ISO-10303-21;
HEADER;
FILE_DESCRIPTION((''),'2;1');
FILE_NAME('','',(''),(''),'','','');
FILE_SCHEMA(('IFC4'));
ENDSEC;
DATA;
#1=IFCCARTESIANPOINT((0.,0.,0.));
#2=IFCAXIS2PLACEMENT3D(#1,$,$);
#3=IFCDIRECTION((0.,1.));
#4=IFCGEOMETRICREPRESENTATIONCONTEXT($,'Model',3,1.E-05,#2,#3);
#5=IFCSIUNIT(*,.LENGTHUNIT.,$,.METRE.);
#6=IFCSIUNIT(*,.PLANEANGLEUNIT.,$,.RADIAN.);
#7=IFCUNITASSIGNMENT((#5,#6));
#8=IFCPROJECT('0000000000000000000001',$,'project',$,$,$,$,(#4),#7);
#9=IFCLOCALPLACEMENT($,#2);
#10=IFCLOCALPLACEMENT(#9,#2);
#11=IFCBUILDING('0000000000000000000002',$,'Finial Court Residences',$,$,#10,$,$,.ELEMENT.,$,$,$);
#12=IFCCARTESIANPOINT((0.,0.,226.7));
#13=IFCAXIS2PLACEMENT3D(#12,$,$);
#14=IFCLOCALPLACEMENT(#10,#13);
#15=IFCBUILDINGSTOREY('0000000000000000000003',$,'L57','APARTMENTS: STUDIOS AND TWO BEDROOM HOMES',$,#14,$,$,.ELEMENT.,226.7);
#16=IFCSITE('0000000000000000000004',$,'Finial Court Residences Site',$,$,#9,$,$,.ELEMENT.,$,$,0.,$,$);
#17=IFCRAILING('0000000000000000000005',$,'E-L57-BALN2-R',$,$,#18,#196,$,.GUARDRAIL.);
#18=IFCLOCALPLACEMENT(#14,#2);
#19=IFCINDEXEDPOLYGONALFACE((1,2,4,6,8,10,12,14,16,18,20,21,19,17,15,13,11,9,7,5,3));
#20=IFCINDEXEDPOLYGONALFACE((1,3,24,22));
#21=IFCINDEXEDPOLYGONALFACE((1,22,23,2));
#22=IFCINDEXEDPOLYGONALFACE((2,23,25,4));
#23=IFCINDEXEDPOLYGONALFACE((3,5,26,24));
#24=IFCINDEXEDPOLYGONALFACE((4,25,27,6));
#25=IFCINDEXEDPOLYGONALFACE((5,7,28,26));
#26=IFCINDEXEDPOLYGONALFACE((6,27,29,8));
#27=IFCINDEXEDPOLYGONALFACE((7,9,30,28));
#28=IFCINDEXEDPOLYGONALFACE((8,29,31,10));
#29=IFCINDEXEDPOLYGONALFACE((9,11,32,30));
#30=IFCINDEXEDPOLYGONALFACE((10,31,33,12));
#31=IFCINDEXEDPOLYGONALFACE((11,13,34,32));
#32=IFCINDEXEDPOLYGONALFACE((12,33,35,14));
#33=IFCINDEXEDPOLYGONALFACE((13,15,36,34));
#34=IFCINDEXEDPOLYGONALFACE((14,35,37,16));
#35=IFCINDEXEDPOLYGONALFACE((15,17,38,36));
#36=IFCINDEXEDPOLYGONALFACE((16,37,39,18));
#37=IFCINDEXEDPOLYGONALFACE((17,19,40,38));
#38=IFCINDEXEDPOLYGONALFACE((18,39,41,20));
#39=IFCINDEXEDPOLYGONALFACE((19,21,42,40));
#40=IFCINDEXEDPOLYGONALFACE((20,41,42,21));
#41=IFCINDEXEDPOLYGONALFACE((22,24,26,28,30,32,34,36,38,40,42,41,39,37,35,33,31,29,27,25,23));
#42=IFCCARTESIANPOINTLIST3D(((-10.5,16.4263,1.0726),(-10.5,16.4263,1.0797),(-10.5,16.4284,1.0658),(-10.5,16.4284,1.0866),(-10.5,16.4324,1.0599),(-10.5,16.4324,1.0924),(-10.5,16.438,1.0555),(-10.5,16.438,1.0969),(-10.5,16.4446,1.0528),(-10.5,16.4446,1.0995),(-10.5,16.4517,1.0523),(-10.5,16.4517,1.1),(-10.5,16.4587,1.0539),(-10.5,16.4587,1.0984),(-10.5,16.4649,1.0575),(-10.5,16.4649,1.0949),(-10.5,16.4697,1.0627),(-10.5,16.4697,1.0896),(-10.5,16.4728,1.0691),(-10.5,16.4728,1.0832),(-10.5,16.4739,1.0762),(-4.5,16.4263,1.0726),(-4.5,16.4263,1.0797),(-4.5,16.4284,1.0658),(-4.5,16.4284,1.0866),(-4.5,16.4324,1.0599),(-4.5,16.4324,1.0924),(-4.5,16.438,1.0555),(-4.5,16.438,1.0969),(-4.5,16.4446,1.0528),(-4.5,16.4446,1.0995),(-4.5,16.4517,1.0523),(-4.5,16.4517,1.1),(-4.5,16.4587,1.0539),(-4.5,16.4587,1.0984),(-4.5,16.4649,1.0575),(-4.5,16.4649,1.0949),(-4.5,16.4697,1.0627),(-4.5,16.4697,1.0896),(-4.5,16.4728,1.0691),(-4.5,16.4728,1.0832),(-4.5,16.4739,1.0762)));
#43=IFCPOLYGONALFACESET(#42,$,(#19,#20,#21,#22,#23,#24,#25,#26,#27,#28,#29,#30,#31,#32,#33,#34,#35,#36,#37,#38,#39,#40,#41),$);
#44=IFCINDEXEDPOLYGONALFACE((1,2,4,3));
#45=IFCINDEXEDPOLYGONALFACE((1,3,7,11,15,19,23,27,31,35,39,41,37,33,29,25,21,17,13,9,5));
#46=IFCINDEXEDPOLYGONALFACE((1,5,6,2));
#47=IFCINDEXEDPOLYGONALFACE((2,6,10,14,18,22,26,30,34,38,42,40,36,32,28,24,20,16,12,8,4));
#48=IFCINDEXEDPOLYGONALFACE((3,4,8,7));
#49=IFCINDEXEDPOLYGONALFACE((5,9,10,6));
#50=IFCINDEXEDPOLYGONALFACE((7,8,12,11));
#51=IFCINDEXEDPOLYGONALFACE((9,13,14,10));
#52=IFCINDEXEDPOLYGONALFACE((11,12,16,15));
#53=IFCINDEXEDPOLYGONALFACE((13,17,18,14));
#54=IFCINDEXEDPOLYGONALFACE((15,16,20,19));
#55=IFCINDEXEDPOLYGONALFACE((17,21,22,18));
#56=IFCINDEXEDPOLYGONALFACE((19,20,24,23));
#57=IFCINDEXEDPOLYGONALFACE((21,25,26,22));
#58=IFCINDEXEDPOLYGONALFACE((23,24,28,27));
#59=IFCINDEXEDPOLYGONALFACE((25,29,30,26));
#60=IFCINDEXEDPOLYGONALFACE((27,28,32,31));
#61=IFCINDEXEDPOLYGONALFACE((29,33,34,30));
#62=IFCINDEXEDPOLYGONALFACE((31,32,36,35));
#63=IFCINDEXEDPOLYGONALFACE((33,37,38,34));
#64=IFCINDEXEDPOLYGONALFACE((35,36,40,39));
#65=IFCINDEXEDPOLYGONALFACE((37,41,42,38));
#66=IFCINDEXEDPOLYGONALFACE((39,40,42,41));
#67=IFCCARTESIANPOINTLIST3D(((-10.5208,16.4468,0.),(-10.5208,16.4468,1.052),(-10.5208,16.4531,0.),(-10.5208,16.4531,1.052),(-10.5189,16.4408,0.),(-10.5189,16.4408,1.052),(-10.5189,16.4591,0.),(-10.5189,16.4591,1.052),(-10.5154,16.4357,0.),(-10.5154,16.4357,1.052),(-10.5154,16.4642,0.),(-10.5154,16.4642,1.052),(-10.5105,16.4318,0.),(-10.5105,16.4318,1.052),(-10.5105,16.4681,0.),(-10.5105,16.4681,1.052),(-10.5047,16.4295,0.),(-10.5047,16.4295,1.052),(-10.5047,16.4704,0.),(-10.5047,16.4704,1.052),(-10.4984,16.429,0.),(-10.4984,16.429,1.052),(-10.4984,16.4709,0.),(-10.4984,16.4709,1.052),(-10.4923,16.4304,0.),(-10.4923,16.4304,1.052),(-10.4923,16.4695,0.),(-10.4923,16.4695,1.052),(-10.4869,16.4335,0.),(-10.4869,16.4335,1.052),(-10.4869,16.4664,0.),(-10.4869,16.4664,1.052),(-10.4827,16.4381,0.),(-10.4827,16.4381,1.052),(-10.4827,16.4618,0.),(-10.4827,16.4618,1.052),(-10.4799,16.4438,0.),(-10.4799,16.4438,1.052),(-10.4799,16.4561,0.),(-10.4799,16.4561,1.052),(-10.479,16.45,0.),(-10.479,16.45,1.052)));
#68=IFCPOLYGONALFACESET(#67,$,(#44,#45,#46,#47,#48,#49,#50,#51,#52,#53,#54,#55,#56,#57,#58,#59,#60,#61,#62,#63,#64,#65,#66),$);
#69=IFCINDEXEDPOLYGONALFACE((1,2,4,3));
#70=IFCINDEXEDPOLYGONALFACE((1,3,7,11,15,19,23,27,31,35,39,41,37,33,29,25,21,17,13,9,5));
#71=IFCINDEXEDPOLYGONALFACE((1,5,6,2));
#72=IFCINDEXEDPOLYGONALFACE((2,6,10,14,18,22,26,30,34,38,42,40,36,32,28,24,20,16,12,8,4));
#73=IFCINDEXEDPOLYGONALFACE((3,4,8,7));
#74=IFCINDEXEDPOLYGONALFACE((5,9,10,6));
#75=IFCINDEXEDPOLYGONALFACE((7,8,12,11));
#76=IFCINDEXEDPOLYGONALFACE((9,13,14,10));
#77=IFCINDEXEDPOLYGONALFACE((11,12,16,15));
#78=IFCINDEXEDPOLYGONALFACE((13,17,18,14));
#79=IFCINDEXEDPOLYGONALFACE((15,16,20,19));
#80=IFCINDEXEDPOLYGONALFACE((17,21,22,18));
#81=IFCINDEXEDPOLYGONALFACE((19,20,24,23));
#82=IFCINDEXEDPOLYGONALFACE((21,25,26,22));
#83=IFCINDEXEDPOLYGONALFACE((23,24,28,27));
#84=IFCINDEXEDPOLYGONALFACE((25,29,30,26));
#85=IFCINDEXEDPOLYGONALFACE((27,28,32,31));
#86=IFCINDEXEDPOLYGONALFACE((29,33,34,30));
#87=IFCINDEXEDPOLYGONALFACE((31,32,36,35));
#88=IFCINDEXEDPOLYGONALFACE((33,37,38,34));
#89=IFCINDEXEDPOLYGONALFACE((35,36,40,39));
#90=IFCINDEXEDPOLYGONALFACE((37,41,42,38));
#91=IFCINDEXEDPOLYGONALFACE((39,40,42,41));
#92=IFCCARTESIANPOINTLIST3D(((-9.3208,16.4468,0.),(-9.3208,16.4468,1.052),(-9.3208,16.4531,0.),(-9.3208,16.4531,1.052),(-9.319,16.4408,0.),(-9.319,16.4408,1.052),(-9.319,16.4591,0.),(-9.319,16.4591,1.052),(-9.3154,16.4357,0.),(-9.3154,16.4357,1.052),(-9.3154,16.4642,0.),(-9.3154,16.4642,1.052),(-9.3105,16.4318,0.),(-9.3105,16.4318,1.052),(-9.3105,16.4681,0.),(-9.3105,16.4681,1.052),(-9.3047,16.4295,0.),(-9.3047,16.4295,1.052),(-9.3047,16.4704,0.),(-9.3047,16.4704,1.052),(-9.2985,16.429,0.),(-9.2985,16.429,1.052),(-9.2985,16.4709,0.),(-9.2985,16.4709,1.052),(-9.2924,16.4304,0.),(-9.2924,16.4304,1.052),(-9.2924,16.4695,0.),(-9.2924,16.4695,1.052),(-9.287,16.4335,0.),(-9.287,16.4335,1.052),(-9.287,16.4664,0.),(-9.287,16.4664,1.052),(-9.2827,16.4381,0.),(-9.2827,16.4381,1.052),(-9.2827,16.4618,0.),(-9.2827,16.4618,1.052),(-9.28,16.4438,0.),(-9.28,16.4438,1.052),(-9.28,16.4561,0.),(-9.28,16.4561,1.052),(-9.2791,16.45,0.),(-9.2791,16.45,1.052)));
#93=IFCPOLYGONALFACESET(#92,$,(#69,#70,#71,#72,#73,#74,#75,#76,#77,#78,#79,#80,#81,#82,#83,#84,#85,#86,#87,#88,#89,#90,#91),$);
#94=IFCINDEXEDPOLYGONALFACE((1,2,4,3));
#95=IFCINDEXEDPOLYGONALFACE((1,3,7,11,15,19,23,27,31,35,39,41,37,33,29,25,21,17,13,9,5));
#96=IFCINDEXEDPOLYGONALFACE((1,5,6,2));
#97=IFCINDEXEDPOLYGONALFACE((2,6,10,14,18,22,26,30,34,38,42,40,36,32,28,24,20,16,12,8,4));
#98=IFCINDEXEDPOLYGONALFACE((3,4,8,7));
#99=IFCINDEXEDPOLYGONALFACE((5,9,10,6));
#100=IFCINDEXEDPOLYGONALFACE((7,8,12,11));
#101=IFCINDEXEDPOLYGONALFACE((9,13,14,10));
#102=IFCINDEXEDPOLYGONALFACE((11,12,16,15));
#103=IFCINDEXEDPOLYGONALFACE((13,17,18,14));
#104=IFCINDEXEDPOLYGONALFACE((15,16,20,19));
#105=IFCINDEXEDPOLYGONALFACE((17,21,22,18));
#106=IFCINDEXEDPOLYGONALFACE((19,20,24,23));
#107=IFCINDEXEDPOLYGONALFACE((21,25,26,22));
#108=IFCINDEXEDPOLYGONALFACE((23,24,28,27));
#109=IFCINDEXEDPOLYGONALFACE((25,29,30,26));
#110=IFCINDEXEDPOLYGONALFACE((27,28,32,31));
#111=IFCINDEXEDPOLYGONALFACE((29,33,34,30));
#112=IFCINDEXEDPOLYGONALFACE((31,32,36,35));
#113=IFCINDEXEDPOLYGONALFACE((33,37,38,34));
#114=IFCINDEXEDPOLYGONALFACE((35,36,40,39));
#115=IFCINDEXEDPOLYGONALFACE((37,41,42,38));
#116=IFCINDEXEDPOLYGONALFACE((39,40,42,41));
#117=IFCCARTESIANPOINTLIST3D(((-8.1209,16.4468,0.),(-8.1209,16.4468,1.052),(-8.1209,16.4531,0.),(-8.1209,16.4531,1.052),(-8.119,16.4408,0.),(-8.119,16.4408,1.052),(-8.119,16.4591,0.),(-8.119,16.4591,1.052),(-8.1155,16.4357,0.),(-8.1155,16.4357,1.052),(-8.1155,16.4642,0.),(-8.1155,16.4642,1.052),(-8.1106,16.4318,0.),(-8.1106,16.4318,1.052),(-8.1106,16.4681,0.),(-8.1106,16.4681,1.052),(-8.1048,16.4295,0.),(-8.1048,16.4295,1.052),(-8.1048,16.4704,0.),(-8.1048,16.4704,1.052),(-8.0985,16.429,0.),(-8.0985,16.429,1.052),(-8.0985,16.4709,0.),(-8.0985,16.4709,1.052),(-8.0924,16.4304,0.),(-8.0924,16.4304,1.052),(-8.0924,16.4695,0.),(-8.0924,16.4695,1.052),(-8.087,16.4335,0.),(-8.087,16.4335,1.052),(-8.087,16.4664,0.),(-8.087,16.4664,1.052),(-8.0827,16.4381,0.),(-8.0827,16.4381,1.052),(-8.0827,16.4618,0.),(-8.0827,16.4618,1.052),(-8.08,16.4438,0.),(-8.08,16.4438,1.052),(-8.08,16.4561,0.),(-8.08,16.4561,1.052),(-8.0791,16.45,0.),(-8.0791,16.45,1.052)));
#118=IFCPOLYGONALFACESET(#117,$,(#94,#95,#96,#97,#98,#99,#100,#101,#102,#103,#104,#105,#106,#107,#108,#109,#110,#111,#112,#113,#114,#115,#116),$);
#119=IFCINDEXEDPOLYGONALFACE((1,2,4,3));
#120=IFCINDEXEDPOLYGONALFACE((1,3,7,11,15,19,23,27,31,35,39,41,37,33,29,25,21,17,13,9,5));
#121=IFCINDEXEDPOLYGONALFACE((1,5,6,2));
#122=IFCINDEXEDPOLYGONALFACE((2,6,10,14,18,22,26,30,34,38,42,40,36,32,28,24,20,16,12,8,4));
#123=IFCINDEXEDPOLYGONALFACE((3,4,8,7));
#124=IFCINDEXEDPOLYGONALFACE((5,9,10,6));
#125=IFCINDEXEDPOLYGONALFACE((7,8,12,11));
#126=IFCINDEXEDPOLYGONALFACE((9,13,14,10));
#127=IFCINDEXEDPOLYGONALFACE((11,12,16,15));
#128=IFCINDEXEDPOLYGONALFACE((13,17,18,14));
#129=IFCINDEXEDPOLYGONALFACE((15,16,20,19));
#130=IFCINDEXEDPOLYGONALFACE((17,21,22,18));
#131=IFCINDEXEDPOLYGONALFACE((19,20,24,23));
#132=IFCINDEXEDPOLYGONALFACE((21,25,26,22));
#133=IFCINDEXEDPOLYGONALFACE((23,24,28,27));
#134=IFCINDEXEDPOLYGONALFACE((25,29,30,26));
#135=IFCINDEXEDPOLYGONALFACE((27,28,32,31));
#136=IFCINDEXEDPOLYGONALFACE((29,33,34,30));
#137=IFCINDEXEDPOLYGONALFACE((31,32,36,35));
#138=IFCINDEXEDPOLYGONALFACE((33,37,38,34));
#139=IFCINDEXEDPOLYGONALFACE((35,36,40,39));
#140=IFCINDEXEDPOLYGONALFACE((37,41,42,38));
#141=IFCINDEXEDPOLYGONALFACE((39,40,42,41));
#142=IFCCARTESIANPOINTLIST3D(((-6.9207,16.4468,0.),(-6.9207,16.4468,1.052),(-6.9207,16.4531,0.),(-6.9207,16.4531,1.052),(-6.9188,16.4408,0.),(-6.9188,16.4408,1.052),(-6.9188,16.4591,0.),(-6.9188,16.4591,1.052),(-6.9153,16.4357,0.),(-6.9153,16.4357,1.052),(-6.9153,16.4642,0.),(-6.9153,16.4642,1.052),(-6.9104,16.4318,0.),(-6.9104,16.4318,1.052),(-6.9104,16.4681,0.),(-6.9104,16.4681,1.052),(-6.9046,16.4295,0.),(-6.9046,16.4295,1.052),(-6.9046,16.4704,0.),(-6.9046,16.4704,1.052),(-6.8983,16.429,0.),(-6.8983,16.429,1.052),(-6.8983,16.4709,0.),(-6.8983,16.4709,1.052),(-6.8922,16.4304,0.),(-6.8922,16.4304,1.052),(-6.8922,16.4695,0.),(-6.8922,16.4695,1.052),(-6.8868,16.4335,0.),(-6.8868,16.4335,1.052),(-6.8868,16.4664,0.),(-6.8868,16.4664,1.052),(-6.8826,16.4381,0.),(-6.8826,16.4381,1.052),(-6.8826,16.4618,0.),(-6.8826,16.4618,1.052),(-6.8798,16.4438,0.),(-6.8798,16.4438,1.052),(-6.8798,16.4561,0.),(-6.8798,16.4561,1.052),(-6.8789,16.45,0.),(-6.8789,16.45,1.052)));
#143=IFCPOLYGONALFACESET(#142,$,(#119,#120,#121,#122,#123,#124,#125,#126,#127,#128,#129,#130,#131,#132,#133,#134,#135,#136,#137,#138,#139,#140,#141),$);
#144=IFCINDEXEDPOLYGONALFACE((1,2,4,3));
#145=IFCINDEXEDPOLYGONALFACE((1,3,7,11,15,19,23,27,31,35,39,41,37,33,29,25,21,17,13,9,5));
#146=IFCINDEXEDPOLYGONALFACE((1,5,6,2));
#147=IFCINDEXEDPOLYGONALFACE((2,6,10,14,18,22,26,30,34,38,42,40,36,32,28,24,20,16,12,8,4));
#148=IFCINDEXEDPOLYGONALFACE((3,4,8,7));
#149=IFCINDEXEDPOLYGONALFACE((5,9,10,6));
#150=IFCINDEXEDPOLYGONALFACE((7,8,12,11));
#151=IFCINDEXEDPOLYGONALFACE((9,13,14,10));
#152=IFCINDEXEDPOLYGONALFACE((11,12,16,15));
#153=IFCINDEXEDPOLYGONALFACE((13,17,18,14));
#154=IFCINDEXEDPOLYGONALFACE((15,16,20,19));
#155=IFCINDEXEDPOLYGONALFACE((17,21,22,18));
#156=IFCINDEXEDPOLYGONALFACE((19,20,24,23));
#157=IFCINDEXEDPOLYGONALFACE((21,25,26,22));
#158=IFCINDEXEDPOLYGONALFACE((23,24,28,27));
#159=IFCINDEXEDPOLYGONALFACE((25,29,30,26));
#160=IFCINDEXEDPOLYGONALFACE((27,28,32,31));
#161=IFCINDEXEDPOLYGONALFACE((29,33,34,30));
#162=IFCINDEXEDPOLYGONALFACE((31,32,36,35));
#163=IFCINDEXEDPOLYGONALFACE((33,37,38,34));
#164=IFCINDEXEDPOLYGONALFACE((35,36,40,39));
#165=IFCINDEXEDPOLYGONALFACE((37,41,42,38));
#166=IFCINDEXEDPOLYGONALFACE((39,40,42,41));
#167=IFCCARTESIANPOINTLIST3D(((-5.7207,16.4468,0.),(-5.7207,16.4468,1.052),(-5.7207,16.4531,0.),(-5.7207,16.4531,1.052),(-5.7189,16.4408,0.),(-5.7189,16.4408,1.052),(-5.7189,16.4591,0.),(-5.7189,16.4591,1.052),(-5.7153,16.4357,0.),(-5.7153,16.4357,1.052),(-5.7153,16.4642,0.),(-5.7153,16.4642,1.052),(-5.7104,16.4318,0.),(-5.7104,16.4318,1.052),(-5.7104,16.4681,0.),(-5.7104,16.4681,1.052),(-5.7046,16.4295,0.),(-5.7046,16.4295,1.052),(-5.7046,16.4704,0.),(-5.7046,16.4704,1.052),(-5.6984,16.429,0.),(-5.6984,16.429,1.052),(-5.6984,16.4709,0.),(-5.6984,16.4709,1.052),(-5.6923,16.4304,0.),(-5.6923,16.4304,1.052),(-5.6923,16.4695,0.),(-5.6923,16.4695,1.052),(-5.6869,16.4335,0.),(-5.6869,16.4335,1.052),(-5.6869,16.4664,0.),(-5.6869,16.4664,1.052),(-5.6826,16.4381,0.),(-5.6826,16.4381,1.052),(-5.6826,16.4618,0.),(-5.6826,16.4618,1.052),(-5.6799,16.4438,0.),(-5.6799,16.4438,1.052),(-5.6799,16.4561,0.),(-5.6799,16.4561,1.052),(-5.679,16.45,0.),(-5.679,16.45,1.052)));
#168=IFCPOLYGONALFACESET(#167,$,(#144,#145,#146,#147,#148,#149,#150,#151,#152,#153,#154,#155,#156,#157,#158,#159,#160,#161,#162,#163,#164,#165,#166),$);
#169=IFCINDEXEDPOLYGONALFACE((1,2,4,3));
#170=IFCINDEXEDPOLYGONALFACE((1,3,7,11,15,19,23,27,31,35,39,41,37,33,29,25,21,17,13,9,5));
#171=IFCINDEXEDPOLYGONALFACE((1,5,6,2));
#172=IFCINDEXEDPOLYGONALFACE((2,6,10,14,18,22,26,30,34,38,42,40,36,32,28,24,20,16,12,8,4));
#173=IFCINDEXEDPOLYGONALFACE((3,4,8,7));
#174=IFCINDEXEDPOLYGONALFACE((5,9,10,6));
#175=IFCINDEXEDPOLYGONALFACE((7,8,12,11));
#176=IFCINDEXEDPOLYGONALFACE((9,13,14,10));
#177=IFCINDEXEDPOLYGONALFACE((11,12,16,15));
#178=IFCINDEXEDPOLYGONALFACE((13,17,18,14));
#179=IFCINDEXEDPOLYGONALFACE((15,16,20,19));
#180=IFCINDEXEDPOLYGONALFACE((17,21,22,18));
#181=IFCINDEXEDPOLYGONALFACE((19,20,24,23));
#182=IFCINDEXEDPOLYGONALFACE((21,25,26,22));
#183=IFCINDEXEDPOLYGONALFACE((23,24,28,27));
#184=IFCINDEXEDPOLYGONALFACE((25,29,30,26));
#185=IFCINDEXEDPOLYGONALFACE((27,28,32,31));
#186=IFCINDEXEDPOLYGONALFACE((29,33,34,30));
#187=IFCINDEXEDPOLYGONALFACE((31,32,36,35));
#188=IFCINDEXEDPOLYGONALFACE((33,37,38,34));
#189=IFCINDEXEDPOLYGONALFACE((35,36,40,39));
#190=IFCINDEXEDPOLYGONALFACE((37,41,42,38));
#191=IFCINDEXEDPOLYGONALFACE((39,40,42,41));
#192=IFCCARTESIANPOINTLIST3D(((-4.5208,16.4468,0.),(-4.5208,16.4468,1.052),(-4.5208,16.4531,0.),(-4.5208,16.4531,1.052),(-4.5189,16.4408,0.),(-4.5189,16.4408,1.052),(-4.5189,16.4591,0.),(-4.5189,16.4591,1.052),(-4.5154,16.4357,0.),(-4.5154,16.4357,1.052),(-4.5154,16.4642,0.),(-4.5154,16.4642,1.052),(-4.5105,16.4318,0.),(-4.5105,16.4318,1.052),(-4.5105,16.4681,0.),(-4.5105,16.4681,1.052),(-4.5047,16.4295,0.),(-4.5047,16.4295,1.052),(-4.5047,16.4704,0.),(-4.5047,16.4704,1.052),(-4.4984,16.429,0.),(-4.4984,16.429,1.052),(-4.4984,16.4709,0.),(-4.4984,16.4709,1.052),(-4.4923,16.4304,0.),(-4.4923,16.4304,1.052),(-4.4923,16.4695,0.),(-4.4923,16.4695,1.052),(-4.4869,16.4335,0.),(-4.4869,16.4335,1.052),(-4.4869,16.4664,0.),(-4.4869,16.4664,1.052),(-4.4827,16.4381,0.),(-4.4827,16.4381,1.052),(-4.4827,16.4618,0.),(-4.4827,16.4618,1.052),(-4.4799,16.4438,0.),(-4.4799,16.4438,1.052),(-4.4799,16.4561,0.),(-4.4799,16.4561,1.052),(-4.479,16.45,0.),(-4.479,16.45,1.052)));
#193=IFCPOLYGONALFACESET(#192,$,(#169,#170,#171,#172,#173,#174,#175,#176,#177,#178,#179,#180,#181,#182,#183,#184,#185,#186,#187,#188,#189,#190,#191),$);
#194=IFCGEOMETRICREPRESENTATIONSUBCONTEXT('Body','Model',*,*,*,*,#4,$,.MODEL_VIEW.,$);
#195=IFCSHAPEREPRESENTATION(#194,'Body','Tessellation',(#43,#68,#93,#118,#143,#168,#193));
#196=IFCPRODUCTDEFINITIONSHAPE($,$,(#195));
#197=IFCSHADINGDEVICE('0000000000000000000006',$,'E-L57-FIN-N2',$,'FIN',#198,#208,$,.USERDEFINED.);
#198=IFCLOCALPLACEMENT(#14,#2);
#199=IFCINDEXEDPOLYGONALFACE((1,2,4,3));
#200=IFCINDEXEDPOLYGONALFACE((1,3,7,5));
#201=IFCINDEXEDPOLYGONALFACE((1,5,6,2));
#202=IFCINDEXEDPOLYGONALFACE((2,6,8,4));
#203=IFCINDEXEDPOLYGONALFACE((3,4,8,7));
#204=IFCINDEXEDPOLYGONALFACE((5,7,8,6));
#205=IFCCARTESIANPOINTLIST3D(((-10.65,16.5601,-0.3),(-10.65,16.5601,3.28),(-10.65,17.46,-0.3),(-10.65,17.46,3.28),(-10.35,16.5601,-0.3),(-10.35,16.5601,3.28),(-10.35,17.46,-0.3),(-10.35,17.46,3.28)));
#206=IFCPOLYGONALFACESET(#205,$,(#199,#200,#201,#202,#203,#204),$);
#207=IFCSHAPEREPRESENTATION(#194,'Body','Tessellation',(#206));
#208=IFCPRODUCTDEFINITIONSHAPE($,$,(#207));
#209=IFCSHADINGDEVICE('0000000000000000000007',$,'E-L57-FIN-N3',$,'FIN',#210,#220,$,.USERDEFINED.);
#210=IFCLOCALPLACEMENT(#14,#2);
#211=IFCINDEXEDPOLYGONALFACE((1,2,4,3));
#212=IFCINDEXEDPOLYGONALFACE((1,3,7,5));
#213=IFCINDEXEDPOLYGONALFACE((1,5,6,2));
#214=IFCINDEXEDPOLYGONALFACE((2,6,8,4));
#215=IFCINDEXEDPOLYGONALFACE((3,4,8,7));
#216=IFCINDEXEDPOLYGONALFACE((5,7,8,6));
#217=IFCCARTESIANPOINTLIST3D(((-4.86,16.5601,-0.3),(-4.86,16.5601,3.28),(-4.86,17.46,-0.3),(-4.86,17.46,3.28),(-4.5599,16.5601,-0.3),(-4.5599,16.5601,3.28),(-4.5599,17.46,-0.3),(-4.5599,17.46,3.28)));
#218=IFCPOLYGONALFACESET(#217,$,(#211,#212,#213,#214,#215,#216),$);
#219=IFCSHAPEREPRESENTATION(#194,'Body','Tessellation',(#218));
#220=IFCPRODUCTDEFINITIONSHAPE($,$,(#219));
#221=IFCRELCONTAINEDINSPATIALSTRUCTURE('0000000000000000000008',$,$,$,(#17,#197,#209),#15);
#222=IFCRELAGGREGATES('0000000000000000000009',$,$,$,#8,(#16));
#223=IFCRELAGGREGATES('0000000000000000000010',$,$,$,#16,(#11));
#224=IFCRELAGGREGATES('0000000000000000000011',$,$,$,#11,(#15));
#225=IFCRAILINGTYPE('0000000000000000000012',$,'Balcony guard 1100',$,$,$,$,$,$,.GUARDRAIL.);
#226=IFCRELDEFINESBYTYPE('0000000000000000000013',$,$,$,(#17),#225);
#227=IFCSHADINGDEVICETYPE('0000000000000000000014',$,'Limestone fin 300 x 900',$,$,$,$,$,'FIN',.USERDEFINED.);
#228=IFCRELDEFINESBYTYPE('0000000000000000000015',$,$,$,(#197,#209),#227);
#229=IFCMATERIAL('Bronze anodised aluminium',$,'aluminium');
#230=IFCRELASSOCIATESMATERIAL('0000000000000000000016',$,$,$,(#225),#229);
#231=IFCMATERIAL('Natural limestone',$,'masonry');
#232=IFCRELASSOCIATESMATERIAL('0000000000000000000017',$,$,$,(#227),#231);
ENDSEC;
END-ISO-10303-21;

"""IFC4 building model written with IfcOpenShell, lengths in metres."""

from ifc_helpers import new_model, si_unit, direction, frame, origin, origin_2d, place, context, subcontext, project, spatial, rectangle, circle, extrude, material, type_object, element, save


model = new_model("IFC4")

# Units and contexts
model_context = context("Model", 3, precision=1e-05, world=origin(), true_north=direction((0.0, 1.0)))
body_context = subcontext(model_context, "Body", "Model", "MODEL_VIEW")
ifc_project = project(units=[si_unit("LENGTHUNIT", "METRE"), si_unit("PLANEANGLEUNIT", "RADIAN")], contexts=[model_context])

# Site, building, storey
site_placement = place(None, origin())
site = spatial("IfcSite", under=ifc_project, at=site_placement, Name="Finial Court Residences Site", CompositionType="ELEMENT", RefElevation=0.0)
building_placement = place(site_placement, origin())
building = spatial("IfcBuilding", under=site, at=building_placement, Name="Finial Court Residences", CompositionType="ELEMENT")
storey_placement = place(building_placement, frame((0.0, 0.0, 226.7)))
storey = spatial("IfcBuildingStorey", under=building, at=storey_placement, Name="L57", Description="APARTMENTS: STUDIOS AND TWO BEDROOM HOMES", CompositionType="ELEMENT", Elevation=226.7)

# Shared definitions
ifc_material_1 = material(Name="Bronze anodised aluminium", Category="aluminium")

# Shared definitions
ifc_material_2 = material(Name="Natural limestone", Category="masonry")

# Railing
railing_type = type_object("IfcRailingType", Name="Balcony guard 1100", PredefinedType="GUARDRAIL", material=ifc_material_1)
railing_placement = place(storey_placement, frame((-10.5, 16.45, 0.0)))
element("IfcRailing", 1, at=railing_placement, inside=storey, type_object=railing_type, Name="E-L57-BALN2-R", PredefinedType="GUARDRAIL", context=body_context, shape_type="SweptSolid", body=[
    extrude(circle(Radius=0.0239, at=origin_2d()), frame((0.0, 0.0, 1.0762), z_axis=(1.0, 0.0, 0.0), x_axis=(0.0, 1.0, 0.0)), (0.0, 0.0, 1.0), 6.0),
    extrude(circle(Radius=0.021, at=origin_2d()), origin(), (0.0, 0.0, 1.0), 1.052),
    extrude(circle(Radius=0.021, at=origin_2d()), frame((1.2, 0.0, 0.0)), (0.0, 0.0, 1.0), 1.052),
    extrude(circle(Radius=0.021, at=origin_2d()), frame((2.3999, 0.0, 0.0)), (0.0, 0.0, 1.0), 1.052),
    extrude(circle(Radius=0.021, at=origin_2d()), frame((3.6001, 0.0, 0.0)), (0.0, 0.0, 1.0), 1.052),
    extrude(circle(Radius=0.021, at=origin_2d()), frame((4.8, 0.0, 0.0)), (0.0, 0.0, 1.0), 1.052),
    extrude(circle(Radius=0.021, at=origin_2d()), frame((6.0, 0.0, 0.0)), (0.0, 0.0, 1.0), 1.052),
])

# Shading devices
shading_device_type = type_object("IfcShadingDeviceType", Name="Limestone fin 300 x 900", ElementType="FIN", PredefinedType="USERDEFINED", material=ifc_material_2)
for number, where, z_axis, x_axis, name in (
    (2, (-10.5, 17.01, -0.3), (0.0, 0.0, 1.0), (1.0, 0.0, 0.0), "E-L57-FIN-N2"),
    (3, (-4.71, 17.01, -0.3), (0.0, 0.0, 1.0), (1.0, 0.0, 0.0), "E-L57-FIN-N3"),
):
    element("IfcShadingDevice", number, at=place(storey_placement, frame(where, z_axis=z_axis, x_axis=x_axis)), inside=storey, type_object=shading_device_type, Name=name, ObjectType="FIN", PredefinedType="USERDEFINED", context=body_context, shape_type="SweptSolid", body=[
        extrude(rectangle(XDim=0.3, YDim=0.8999, at=origin_2d()), origin(), (0.0, 0.0, 1.0), 3.5801),
    ])

save(model, "model.ifc")
